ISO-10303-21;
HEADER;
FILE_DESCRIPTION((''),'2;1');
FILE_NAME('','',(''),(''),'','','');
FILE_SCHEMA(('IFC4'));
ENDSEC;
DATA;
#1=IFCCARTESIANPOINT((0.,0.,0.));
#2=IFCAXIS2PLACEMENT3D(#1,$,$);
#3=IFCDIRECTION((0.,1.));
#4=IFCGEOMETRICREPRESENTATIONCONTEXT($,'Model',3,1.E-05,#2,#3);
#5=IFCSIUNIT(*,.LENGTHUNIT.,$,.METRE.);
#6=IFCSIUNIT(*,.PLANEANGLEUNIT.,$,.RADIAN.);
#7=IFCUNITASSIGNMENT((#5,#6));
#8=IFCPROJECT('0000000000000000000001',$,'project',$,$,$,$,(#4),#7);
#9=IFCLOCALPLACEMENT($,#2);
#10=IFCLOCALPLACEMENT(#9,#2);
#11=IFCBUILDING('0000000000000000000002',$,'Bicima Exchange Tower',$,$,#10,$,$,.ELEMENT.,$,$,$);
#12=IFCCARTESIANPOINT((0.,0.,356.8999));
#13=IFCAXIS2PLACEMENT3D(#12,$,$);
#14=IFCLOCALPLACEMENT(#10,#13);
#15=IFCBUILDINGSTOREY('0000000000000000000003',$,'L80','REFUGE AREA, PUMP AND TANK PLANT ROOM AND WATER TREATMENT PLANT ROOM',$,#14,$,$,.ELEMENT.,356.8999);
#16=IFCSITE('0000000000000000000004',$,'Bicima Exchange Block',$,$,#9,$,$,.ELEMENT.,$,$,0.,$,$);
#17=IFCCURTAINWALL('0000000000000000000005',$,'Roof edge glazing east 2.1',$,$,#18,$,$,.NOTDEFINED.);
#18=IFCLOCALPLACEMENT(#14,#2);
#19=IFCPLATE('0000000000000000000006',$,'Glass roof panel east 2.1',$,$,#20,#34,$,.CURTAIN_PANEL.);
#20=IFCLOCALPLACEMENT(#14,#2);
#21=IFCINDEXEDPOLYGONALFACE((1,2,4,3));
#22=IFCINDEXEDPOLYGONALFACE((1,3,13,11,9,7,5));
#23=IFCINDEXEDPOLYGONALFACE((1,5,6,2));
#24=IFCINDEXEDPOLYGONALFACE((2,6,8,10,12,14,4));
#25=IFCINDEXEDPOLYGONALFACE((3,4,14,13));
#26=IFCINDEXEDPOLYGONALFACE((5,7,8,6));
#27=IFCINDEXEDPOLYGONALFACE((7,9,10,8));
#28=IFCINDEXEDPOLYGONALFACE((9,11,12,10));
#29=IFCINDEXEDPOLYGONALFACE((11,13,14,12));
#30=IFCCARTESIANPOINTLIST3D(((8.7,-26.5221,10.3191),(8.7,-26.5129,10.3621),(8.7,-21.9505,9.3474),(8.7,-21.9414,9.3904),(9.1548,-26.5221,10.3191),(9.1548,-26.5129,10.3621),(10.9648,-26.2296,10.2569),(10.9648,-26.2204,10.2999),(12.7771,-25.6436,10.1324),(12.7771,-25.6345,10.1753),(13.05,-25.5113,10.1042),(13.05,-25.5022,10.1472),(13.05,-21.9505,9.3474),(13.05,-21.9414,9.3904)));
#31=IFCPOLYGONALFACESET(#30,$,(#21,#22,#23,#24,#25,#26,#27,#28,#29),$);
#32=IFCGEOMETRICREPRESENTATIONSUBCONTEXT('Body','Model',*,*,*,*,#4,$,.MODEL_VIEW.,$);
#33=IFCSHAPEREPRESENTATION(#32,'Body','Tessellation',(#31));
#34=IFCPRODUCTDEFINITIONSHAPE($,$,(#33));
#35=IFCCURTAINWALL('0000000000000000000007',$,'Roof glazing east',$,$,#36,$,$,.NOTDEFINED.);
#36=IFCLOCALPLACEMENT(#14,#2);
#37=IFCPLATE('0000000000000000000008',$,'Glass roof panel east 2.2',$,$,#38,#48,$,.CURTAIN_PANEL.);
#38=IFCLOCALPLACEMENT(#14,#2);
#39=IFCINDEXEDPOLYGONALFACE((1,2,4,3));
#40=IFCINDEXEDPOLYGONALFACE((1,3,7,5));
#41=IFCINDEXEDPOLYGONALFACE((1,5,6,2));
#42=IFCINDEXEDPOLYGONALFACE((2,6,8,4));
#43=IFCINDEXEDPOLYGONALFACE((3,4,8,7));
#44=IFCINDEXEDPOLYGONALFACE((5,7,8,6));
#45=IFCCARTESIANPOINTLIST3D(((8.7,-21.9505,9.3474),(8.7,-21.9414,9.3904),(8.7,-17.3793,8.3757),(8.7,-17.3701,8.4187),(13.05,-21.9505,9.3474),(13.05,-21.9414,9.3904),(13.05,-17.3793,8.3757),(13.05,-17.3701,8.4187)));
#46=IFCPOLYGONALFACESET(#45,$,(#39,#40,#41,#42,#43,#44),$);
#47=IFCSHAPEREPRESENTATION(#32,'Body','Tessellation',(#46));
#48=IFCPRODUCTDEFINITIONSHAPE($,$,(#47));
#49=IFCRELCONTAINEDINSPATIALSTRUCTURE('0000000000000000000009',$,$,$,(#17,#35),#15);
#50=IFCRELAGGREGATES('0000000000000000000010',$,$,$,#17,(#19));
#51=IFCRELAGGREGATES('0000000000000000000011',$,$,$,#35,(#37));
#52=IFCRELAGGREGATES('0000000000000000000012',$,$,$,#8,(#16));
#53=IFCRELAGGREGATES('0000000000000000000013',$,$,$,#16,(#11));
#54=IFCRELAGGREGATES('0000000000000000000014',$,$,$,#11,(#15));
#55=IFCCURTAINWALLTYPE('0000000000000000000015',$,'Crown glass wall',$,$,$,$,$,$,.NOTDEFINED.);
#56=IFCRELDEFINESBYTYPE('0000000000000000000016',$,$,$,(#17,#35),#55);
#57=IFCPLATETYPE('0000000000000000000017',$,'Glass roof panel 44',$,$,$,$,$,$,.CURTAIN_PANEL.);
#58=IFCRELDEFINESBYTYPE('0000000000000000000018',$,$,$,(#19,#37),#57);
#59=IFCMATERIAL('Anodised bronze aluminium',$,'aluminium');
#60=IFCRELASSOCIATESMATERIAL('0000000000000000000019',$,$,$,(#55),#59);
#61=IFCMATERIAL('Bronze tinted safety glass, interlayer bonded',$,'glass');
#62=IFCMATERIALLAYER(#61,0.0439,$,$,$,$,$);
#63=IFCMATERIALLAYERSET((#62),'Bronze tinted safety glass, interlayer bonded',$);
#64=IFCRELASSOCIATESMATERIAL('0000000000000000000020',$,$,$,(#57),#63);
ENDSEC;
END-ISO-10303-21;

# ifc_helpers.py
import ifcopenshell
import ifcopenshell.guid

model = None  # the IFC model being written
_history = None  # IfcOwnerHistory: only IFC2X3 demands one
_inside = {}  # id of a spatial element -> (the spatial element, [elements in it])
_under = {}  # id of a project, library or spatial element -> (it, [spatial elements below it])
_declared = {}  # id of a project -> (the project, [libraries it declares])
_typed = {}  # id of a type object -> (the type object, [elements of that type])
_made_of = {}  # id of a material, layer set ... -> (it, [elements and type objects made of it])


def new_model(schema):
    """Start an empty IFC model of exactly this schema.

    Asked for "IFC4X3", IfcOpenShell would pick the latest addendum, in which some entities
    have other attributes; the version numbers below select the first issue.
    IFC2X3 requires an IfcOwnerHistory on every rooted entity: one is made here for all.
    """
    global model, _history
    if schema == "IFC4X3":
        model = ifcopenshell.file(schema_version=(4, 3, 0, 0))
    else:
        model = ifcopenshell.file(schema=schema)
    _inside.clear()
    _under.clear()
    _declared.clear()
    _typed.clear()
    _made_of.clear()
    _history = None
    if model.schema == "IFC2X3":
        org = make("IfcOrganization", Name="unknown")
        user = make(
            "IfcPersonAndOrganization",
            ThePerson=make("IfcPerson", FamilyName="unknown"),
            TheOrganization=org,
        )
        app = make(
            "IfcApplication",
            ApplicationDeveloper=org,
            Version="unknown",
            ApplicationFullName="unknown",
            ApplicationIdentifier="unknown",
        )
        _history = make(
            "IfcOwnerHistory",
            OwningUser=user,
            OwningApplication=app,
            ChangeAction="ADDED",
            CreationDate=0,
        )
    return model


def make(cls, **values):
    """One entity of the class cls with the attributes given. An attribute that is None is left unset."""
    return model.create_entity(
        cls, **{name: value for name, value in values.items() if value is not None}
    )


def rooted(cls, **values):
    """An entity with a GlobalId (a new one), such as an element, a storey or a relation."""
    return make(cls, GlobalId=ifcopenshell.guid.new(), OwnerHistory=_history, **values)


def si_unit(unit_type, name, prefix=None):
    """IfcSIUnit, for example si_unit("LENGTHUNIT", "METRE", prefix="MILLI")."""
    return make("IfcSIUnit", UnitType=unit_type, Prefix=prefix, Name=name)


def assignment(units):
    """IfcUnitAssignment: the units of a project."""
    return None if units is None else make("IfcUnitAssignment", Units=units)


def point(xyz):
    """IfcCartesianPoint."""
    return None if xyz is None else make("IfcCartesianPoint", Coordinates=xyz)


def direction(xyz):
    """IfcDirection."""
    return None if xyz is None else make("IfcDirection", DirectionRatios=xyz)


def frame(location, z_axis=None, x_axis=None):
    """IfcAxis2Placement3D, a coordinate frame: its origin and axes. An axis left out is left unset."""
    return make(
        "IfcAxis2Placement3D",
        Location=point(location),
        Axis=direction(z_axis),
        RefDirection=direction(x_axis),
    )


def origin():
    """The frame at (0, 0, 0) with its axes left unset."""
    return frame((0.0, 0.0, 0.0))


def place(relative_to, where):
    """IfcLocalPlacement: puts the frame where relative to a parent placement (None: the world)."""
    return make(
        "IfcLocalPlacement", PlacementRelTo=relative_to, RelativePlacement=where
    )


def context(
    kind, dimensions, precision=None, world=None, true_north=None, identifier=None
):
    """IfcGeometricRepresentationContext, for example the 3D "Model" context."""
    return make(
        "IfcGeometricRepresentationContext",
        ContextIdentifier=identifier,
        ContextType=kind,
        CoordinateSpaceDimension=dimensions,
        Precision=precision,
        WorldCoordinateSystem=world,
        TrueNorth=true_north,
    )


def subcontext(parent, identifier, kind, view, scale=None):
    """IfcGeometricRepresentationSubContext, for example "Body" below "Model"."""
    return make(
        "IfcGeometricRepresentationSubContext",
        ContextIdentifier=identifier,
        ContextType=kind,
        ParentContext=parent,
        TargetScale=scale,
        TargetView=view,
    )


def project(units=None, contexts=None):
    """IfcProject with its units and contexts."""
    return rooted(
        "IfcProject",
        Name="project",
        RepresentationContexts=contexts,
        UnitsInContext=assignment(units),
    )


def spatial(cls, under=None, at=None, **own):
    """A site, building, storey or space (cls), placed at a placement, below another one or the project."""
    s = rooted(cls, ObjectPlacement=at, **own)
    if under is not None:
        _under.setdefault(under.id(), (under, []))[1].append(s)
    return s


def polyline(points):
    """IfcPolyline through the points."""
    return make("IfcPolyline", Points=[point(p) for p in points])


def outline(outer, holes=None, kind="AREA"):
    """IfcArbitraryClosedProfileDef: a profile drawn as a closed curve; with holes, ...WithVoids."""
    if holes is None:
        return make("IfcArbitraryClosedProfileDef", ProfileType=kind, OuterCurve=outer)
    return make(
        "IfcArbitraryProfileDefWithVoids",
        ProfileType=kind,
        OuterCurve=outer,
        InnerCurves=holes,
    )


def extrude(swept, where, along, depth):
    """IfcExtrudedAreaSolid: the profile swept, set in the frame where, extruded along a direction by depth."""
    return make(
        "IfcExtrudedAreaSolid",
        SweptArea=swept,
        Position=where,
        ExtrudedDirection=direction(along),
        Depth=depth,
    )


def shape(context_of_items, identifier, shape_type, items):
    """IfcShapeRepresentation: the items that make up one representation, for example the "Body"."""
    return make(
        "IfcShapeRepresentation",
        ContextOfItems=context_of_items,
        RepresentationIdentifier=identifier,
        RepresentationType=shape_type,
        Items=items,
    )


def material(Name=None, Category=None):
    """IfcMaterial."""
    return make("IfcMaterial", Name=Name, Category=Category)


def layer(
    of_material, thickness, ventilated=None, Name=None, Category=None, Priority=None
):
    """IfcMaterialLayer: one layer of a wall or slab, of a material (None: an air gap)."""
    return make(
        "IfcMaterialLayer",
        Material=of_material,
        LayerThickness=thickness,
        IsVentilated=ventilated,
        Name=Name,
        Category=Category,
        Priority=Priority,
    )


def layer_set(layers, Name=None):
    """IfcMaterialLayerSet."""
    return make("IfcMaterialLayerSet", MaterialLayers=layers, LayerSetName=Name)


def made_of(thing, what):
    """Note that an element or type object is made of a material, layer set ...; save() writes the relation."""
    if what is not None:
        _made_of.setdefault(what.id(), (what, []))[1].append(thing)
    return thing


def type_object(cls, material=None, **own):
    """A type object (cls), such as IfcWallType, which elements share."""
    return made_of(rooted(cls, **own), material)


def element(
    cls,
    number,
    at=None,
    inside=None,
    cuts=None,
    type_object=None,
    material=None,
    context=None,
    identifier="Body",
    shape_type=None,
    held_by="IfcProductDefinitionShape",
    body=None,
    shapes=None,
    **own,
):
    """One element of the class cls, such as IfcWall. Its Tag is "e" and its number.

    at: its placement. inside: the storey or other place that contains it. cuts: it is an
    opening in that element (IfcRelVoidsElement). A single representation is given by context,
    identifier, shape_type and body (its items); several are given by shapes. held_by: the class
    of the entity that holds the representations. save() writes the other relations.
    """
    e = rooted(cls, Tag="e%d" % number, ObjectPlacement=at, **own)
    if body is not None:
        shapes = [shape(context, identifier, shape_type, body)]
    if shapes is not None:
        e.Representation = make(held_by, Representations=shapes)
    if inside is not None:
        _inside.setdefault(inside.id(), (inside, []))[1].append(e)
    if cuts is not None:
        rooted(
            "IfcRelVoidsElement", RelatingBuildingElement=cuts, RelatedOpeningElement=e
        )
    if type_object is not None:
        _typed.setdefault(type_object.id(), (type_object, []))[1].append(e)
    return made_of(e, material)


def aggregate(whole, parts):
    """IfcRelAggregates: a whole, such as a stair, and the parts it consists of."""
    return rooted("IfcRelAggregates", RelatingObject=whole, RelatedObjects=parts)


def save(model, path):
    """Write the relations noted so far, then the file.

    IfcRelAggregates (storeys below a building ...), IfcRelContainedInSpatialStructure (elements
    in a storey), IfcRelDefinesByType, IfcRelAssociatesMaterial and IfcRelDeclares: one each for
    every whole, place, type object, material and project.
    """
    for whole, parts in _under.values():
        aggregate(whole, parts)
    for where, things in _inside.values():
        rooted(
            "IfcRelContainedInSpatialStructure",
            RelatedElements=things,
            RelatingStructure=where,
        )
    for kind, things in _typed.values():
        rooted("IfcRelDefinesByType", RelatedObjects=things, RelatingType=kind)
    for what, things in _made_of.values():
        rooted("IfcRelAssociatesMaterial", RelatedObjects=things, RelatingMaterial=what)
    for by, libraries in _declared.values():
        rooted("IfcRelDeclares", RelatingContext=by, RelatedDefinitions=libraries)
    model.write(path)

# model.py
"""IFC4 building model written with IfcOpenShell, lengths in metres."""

from ifc_helpers import new_model, si_unit, direction, frame, origin, place, context, subcontext, project, spatial, polyline, outline, extrude, material, layer, layer_set, type_object, element, aggregate, save


model = new_model("IFC4")

# Units and contexts
model_context = context("Model", 3, precision=1e-05, world=origin(), true_north=direction((0.0, 1.0)))
body_context = subcontext(model_context, "Body", "Model", "MODEL_VIEW")
ifc_project = project(units=[si_unit("LENGTHUNIT", "METRE"), si_unit("PLANEANGLEUNIT", "RADIAN")], contexts=[model_context])

# Site, building, storey
site_placement = place(None, origin())
site = spatial("IfcSite", under=ifc_project, at=site_placement, Name="Bicima Exchange Block", CompositionType="ELEMENT", RefElevation=0.0)
building_placement = place(site_placement, origin())
building = spatial("IfcBuilding", under=site, at=building_placement, Name="Bicima Exchange Tower", CompositionType="ELEMENT")
storey_placement = place(building_placement, frame((0.0, 0.0, 356.8999)))
storey = spatial("IfcBuildingStorey", under=building, at=storey_placement, Name="L80", Description="REFUGE AREA, PUMP AND TANK PLANT ROOM AND WATER TREATMENT PLANT ROOM", CompositionType="ELEMENT", Elevation=356.8999)

# Shared definitions
ifc_material_1 = material(Name="Anodised bronze aluminium", Category="aluminium")
curtain_wall_type = type_object("IfcCurtainWallType", Name="Crown glass wall", PredefinedType="NOTDEFINED", material=ifc_material_1)

# Curtain walls, plates
curtain_wall_1_placement = place(storey_placement, origin())
curtain_wall_1 = element("IfcCurtainWall", 1, at=curtain_wall_1_placement, inside=storey, type_object=curtain_wall_type, Name="Roof edge glazing east 2.1", PredefinedType="NOTDEFINED")
ifc_material_2 = material(Name="Bronze tinted safety glass, interlayer bonded", Category="glass")
ifc_layer_1 = layer(ifc_material_2, 0.0439)
ifc_layer_set_1 = layer_set([ifc_layer_1], Name="Bronze tinted safety glass, interlayer bonded")
plate_type_1 = type_object("IfcPlateType", Name="Glass roof panel 44", PredefinedType="CURTAIN_PANEL", material=ifc_layer_set_1)
plate_1_placement = place(storey_placement, frame((8.7, -26.5129, 10.3621), z_axis=(0.000004, 0.207894, 0.978151), x_axis=(0.0, 0.978151, -0.207894)))
plate_1 = element("IfcPlate", 2, at=plate_1_placement, type_object=plate_type_1, Name="Glass roof panel east 2.1", PredefinedType="CURTAIN_PANEL", context=body_context, shape_type="SweptSolid", body=[
    extrude(outline(polyline([(0.0, 0.0), (4.6737, 0.0), (4.6737, -4.3501), (1.0333, -4.3501), (0.8981, -4.0771), (0.299, -2.2649), (0.0, -0.4548), (0.0, 0.0)])), origin(), (0.0, 0.0, -1.0), 0.0439),
])
aggregate(curtain_wall_1, [plate_1])
curtain_wall_2_placement = place(storey_placement, origin())
curtain_wall_2 = element("IfcCurtainWall", 3, at=curtain_wall_2_placement, inside=storey, type_object=curtain_wall_type, Name="Roof glazing east", PredefinedType="NOTDEFINED")
plate_2_placement = place(storey_placement, frame((8.7, -21.9414, 9.3904), z_axis=(0.0, 0.207916, 0.978147), x_axis=(0.0, 0.978147, -0.207916)))
plate_2 = element("IfcPlate", 4, at=plate_2_placement, type_object=plate_type_1, Name="Glass roof panel east 2.2", PredefinedType="CURTAIN_PANEL", context=body_context, shape_type="SweptSolid", body=[
    extrude(outline(polyline([(0.0, 0.0), (4.6734, 0.0), (4.6734, -4.3501), (0.0, -4.3501), (0.0, 0.0)])), origin(), (0.0, 0.0, -1.0), 0.0439),
])
aggregate(curtain_wall_2, [plate_2])

save(model, "model.ifc")
